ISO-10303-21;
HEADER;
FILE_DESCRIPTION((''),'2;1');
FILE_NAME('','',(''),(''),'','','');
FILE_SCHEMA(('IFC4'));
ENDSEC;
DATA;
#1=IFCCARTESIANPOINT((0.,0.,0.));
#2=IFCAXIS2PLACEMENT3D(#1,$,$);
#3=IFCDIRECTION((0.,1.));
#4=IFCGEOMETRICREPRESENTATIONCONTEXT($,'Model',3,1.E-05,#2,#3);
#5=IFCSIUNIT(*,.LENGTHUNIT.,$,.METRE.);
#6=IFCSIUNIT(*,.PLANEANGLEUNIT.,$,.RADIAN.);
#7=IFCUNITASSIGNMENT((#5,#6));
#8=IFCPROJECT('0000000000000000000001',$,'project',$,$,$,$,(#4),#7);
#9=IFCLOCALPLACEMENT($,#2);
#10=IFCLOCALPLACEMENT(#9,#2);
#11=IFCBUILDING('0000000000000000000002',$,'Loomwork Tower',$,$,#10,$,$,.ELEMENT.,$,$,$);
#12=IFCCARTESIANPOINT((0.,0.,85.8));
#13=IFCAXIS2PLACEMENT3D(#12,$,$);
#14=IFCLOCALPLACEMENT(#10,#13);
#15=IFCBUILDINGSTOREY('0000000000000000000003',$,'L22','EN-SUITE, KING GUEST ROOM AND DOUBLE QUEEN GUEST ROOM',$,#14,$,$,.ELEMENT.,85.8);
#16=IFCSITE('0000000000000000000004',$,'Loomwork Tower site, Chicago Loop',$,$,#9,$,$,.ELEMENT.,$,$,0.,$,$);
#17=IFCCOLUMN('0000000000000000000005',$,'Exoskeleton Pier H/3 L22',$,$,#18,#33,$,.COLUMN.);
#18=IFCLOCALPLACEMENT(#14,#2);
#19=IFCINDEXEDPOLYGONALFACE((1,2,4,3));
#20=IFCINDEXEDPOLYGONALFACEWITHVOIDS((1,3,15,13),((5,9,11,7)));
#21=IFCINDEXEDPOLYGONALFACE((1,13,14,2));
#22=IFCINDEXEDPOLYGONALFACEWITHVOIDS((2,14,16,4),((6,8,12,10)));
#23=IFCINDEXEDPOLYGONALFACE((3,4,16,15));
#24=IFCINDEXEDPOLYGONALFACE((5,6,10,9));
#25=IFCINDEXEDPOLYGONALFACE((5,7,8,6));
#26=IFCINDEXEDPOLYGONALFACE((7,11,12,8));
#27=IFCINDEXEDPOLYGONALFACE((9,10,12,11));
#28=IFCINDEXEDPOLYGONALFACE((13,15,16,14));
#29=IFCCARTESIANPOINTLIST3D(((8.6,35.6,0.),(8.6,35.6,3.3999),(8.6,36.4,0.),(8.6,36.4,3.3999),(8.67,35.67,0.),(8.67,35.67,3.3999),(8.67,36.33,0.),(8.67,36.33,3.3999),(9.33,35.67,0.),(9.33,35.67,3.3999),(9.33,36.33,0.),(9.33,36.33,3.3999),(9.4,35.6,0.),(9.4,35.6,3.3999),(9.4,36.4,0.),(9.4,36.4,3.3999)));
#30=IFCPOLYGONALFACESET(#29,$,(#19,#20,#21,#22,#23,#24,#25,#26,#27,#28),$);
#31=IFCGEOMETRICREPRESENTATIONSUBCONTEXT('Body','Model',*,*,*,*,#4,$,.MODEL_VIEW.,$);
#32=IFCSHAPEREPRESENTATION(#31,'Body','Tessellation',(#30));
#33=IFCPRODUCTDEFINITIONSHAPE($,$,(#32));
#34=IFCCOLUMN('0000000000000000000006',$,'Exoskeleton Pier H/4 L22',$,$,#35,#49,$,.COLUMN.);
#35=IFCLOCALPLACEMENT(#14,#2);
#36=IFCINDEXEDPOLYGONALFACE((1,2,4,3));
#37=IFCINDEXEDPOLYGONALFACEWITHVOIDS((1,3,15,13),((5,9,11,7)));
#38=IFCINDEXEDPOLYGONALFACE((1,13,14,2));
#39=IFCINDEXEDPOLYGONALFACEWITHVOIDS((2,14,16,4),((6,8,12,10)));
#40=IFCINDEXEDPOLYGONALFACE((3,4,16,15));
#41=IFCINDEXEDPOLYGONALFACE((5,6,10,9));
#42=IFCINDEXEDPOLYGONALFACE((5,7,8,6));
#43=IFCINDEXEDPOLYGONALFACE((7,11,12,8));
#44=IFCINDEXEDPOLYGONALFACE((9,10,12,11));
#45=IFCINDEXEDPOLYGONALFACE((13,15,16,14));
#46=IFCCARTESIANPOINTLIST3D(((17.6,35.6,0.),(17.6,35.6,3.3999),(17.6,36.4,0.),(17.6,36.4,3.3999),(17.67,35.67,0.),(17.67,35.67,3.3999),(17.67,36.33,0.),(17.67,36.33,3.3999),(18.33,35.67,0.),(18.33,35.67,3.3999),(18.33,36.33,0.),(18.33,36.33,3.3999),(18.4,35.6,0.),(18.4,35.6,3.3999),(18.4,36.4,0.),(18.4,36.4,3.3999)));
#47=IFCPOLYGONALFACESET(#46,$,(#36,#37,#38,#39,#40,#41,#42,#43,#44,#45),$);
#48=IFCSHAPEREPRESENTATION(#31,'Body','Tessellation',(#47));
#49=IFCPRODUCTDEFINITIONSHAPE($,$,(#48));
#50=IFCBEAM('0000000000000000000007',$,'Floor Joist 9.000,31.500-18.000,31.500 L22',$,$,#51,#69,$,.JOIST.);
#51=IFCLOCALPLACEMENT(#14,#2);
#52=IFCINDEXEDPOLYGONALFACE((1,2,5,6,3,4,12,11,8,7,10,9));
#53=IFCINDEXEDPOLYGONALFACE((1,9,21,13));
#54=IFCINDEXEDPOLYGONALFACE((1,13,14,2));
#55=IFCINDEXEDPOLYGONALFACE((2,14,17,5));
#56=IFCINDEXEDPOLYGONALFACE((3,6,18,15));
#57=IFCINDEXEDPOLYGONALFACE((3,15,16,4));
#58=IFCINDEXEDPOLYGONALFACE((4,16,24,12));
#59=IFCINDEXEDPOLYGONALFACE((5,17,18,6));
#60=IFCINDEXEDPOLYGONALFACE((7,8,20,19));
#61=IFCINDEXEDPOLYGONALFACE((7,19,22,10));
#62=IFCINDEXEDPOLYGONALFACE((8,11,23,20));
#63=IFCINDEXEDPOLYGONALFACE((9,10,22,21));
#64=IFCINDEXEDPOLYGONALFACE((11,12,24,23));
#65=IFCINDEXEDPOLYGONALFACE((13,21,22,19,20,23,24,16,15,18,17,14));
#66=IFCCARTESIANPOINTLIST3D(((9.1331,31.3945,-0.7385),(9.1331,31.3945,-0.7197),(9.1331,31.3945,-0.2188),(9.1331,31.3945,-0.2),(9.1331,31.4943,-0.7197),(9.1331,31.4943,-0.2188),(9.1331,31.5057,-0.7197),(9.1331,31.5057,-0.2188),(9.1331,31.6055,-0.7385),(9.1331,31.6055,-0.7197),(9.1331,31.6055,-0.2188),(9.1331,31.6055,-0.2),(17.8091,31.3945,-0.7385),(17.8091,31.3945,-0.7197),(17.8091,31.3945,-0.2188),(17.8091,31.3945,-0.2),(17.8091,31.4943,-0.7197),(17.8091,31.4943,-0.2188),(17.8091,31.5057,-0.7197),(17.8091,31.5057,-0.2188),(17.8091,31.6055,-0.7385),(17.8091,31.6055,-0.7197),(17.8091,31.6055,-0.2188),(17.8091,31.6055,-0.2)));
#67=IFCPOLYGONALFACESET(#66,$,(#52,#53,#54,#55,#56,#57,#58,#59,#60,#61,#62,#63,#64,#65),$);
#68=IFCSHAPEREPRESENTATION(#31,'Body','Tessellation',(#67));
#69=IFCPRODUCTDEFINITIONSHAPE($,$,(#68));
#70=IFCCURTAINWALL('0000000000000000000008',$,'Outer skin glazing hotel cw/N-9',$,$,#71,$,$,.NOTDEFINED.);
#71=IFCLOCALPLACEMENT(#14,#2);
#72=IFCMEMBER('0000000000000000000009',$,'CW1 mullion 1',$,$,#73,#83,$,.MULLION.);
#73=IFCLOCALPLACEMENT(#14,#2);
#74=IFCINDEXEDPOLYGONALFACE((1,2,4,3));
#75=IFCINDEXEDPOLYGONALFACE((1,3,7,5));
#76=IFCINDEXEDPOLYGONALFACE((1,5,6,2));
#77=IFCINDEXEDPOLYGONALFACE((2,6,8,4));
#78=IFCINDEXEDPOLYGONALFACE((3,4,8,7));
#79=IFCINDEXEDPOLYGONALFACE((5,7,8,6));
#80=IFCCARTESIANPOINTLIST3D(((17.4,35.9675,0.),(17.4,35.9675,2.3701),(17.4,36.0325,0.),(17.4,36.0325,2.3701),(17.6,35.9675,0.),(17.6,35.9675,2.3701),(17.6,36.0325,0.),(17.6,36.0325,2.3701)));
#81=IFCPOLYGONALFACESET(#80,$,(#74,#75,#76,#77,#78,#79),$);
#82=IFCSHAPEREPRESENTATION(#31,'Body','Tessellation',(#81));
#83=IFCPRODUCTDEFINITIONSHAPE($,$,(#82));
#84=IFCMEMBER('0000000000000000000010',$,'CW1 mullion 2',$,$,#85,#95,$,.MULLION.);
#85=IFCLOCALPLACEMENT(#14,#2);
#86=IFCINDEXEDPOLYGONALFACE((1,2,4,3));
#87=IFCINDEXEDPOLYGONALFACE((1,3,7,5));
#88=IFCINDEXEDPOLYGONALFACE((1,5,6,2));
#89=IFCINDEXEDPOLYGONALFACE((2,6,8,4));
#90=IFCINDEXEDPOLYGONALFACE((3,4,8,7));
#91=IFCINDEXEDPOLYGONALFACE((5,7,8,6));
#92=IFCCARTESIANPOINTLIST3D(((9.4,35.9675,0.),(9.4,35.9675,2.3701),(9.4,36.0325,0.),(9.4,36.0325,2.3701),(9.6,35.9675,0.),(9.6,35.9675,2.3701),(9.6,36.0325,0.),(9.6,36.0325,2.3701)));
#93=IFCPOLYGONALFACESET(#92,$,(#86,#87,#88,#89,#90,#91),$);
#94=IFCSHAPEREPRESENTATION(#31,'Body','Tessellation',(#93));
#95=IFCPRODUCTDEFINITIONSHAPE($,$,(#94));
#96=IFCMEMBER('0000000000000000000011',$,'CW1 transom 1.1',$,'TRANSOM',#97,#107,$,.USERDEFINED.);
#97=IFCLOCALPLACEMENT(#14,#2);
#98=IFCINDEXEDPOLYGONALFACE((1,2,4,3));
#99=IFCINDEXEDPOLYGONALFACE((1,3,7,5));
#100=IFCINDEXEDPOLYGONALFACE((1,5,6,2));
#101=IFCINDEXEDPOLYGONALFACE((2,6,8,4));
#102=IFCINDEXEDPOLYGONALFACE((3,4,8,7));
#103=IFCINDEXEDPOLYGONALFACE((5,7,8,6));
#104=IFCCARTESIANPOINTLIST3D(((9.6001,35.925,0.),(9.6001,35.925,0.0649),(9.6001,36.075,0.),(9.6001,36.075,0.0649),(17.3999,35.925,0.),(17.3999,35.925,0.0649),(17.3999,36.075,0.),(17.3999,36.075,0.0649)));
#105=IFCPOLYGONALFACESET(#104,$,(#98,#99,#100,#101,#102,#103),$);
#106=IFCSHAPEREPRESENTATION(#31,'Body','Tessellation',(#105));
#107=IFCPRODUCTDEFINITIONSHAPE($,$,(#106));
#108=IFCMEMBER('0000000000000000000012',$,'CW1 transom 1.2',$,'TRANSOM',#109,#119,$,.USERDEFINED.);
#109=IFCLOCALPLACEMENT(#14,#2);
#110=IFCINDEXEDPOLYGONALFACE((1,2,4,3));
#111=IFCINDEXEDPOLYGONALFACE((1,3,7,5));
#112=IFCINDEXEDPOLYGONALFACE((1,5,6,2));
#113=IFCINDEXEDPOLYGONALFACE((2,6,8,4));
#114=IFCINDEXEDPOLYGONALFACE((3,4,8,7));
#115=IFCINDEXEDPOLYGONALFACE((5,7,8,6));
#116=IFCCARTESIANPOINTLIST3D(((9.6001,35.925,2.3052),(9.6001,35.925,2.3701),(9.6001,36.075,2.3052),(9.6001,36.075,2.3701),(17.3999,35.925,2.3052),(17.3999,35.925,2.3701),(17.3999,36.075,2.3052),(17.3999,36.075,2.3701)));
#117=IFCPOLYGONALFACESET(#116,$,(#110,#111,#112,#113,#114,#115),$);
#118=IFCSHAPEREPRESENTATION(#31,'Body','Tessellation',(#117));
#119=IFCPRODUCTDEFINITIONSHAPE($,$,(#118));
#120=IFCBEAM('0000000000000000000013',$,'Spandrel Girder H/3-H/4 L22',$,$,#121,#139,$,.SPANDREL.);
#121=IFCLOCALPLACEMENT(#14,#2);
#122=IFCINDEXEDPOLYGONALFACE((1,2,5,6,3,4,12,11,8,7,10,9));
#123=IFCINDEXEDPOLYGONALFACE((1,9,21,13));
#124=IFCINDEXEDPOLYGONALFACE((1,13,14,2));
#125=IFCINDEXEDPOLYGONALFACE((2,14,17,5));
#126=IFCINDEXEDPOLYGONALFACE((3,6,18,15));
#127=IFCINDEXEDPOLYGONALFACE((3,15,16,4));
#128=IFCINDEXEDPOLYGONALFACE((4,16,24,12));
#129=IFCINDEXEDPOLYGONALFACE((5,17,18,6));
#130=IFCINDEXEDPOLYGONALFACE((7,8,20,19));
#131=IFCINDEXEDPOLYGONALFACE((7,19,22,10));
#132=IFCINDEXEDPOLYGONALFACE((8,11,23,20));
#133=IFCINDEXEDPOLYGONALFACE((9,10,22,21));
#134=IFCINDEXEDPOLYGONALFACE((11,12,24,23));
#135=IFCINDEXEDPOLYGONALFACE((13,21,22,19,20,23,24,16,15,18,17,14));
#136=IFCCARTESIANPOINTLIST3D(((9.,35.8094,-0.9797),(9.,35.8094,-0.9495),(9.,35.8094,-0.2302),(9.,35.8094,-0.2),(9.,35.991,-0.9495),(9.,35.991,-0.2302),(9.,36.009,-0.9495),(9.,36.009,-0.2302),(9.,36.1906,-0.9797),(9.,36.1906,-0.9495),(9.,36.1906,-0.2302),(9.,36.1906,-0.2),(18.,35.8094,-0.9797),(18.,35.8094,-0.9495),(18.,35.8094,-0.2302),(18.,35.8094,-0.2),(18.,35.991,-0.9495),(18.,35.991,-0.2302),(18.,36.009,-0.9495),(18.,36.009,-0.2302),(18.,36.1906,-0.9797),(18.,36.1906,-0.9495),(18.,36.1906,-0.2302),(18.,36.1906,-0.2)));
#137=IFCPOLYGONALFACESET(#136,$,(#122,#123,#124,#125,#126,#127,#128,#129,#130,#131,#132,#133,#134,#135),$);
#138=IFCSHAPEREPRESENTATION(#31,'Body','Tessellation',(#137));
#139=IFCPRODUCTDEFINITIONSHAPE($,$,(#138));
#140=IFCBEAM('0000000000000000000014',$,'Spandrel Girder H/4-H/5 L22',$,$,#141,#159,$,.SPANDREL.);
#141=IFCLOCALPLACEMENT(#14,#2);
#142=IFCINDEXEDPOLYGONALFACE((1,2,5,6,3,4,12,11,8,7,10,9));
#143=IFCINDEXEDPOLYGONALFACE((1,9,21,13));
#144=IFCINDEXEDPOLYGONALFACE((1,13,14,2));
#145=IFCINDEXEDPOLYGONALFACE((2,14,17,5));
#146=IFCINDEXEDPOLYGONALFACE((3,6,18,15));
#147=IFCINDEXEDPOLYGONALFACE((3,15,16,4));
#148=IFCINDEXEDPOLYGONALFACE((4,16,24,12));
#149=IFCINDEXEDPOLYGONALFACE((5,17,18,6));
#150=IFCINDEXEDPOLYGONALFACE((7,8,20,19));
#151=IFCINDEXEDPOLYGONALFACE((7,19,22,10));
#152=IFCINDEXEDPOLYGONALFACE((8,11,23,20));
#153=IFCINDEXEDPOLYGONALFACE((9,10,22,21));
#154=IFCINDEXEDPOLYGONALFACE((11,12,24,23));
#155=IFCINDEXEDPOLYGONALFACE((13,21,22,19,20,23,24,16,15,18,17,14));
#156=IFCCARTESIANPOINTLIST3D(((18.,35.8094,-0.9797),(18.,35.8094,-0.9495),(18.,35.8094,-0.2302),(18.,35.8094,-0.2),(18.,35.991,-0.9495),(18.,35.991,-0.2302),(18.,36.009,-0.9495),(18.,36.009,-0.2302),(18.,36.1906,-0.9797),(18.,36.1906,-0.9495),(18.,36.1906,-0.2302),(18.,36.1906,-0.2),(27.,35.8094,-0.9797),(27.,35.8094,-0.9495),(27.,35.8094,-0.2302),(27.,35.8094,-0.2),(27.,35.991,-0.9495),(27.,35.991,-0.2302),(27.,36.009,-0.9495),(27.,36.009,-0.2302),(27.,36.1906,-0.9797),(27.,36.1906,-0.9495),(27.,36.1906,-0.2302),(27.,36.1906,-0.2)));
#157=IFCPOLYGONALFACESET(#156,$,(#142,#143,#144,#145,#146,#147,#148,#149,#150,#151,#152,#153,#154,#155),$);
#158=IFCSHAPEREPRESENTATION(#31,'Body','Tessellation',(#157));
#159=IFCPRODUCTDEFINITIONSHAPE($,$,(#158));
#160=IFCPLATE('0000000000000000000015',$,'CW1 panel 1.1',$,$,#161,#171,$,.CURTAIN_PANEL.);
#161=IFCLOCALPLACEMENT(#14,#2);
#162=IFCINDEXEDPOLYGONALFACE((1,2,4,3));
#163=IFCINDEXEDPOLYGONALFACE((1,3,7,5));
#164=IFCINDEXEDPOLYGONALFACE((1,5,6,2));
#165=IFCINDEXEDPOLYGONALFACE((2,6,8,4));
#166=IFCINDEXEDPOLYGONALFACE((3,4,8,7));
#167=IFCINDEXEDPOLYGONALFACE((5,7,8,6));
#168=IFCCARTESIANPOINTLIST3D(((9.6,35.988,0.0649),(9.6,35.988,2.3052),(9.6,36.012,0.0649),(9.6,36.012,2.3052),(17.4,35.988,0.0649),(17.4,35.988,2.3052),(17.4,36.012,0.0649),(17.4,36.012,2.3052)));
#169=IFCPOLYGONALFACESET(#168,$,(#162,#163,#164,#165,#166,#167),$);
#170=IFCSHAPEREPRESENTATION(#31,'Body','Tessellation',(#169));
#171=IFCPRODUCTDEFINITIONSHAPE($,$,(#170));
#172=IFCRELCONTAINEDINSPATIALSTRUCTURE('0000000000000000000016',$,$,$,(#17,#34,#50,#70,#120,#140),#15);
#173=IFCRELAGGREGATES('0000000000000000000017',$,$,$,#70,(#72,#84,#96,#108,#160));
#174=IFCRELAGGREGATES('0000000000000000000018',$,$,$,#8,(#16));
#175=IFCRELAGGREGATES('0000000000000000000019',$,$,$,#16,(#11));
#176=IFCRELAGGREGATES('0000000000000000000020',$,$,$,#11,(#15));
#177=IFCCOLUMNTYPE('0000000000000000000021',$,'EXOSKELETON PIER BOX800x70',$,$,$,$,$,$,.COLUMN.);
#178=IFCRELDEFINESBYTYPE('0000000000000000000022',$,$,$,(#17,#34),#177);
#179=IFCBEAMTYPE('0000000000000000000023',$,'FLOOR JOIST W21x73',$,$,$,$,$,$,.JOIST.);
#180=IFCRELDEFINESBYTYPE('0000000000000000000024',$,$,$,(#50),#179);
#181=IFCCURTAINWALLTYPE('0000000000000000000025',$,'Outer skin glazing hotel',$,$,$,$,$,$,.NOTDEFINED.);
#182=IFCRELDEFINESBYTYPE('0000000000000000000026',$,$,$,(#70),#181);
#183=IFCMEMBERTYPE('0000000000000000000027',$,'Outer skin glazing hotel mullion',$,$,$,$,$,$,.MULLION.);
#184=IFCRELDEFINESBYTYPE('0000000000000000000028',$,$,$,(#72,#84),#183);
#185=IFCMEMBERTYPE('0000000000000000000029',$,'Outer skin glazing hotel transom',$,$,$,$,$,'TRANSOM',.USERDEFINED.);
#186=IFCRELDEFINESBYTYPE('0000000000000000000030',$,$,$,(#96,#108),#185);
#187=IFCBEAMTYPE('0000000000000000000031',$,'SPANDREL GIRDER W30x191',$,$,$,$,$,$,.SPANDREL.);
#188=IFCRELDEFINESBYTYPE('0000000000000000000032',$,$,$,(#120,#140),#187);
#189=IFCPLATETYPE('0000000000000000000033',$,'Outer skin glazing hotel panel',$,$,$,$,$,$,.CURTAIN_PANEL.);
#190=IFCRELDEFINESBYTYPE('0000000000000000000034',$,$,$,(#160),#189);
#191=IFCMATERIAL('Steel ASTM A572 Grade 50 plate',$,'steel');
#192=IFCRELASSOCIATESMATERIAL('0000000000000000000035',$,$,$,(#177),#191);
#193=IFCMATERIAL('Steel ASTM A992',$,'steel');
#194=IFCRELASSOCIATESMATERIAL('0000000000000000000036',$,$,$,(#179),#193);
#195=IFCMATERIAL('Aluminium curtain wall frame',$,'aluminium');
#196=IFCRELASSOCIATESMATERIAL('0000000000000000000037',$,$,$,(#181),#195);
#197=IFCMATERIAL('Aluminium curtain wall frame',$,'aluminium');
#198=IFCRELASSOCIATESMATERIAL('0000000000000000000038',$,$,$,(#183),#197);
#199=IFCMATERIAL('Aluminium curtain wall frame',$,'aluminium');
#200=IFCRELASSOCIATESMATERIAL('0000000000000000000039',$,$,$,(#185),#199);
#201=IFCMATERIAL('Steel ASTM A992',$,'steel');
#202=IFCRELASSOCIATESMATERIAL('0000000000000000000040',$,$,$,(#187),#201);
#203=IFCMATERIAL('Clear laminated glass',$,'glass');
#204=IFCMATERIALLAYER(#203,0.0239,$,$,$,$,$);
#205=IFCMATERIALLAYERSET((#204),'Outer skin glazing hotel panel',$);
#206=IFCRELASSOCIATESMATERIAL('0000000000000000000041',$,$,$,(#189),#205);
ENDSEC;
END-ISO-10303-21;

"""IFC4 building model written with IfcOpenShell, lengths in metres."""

from ifc_helpers import new_model, si_unit, direction, frame, origin, origin_2d, place, context, subcontext, project, spatial, rectangle, hollow_rectangle, i_section, extrude, material, layer, layer_set, material_profile, profile_set, type_object, element, aggregate, save


model = new_model("IFC4")

# Units and contexts
model_context = context("Model", 3, precision=1e-05, world=origin(), true_north=direction((0.0, 1.0)))
body_context = subcontext(model_context, "Body", "Model", "MODEL_VIEW")
ifc_project = project(units=[si_unit("LENGTHUNIT", "METRE"), si_unit("PLANEANGLEUNIT", "RADIAN")], contexts=[model_context])

# Site, building, storey
site_placement = place(None, origin())
site = spatial("IfcSite", under=ifc_project, at=site_placement, Name="Loomwork Tower site, Chicago Loop", CompositionType="ELEMENT", RefElevation=0.0)
building_placement = place(site_placement, origin())
building = spatial("IfcBuilding", under=site, at=building_placement, Name="Loomwork Tower", CompositionType="ELEMENT")
storey_placement = place(building_placement, frame((0.0, 0.0, 85.8)))
storey = spatial("IfcBuildingStorey", under=building, at=storey_placement, Name="L22", Description="EN-SUITE, KING GUEST ROOM AND DOUBLE QUEEN GUEST ROOM", CompositionType="ELEMENT", Elevation=85.8)

# Columns
ifc_material_1 = material(Name="Steel ASTM A572 Grade 50 plate", Category="steel")
ifc_material_profile_1 = material_profile(ifc_material_1, hollow_rectangle(XDim=0.8, YDim=0.8, WallThickness=0.0701, at=origin_2d()), Name="BOX800x70")
ifc_profile_set_1 = profile_set([ifc_material_profile_1], Name="Steel ASTM A572 Grade 50 plate")
column_type = type_object("IfcColumnType", Name="EXOSKELETON PIER BOX800x70", PredefinedType="COLUMN", material=ifc_profile_set_1)
for number, where, z_axis, x_axis, name in (
    (1, (9.0, 36.0, 0.0), (0.0, 0.0, 1.0), (1.0, 0.0, 0.0), "Exoskeleton Pier H/3 L22"),
    (2, (18.0, 36.0, 0.0), (0.0, 0.0, 1.0), (1.0, 0.0, 0.0), "Exoskeleton Pier H/4 L22"),
):
    element("IfcColumn", number, at=place(storey_placement, frame(where, z_axis=z_axis, x_axis=x_axis)), inside=storey, type_object=column_type, Name=name, PredefinedType="COLUMN", context=body_context, shape_type="SweptSolid", body=[
        extrude(hollow_rectangle(XDim=0.8, YDim=0.8, WallThickness=0.0701, at=origin_2d()), origin(), (0.0, 0.0, 1.0), 3.3999),
    ])

# Beam
ifc_material_2 = material(Name="Steel ASTM A992", Category="steel")
ifc_material_profile_2 = material_profile(ifc_material_2, i_section(OverallWidth=0.2109, OverallDepth=0.5386, WebThickness=0.0115, FlangeThickness=0.0188, at=origin_2d()), Name="W21x73")
ifc_profile_set_2 = profile_set([ifc_material_profile_2], Name="Steel ASTM A992")
beam_type_1 = type_object("IfcBeamType", Name="FLOOR JOIST W21x73", PredefinedType="JOIST", material=ifc_profile_set_2)
beam_placement = place(storey_placement, frame((9.1331, 31.5, -0.4692), z_axis=(1.0, 0.0, 0.0), x_axis=(0.0, 1.0, 0.0)))
element("IfcBeam", 3, at=beam_placement, inside=storey, type_object=beam_type_1, Name="Floor Joist 9.000,31.500-18.000,31.500 L22", PredefinedType="JOIST", context=body_context, shape_type="SweptSolid", body=[
    extrude(i_section(OverallWidth=0.2109, OverallDepth=0.5386, WebThickness=0.0115, FlangeThickness=0.0188, at=origin_2d()), origin(), (0.0, 0.0, 1.0), 8.676),
])

# Curtain wall, members
ifc_material_3 = material(Name="Aluminium curtain wall frame", Category="aluminium")
curtain_wall_type = type_object("IfcCurtainWallType", Name="Outer skin glazing hotel", PredefinedType="NOTDEFINED", material=ifc_material_3)
curtain_wall_placement = place(storey_placement, origin())
curtain_wall = element("IfcCurtainWall", 4, at=curtain_wall_placement, inside=storey, type_object=curtain_wall_type, Name="Outer skin glazing hotel cw/N-9", PredefinedType="NOTDEFINED")
ifc_material_4 = material(Name="Aluminium curtain wall frame", Category="aluminium")
ifc_material_profile_3 = material_profile(ifc_material_4, rectangle(XDim=0.0649, YDim=0.2, at=origin_2d()), Name="AL 65x200")
ifc_profile_set_3 = profile_set([ifc_material_profile_3], Name="Aluminium curtain wall frame")
member_type_1 = type_object("IfcMemberType", Name="Outer skin glazing hotel mullion", PredefinedType="MULLION", material=ifc_profile_set_3)
member_1_placement = place(storey_placement, frame((17.5, 36.0, 0.0), z_axis=(0.0, 0.0, 1.0), x_axis=(0.0, -1.0, 0.0)))
member_1 = element("IfcMember", 5, at=member_1_placement, type_object=member_type_1, Name="CW1 mullion 1", PredefinedType="MULLION", context=body_context, shape_type="SweptSolid", body=[
    extrude(rectangle(XDim=0.0649, YDim=0.2, at=origin_2d()), origin(), (0.0, 0.0, 1.0), 2.3701),
])
member_2_placement = place(storey_placement, frame((9.5, 36.0, 0.0), z_axis=(0.0, 0.0, 1.0), x_axis=(0.0, -1.0, 0.0)))
member_2 = element("IfcMember", 6, at=member_2_placement, type_object=member_type_1, Name="CW1 mullion 2", PredefinedType="MULLION", context=body_context, shape_type="SweptSolid", body=[
    extrude(rectangle(XDim=0.0649, YDim=0.2, at=origin_2d()), origin(), (0.0, 0.0, 1.0), 2.3701),
])
ifc_material_5 = material(Name="Aluminium curtain wall frame", Category="aluminium")
ifc_material_profile_4 = material_profile(ifc_material_5, rectangle(XDim=0.1499, YDim=0.0649, at=origin_2d()), Name="AL 65x150")
ifc_profile_set_4 = profile_set([ifc_material_profile_4], Name="Aluminium curtain wall frame")
member_type_2 = type_object("IfcMemberType", Name="Outer skin glazing hotel transom", ElementType="TRANSOM", PredefinedType="USERDEFINED", material=ifc_profile_set_4)
member_3_placement = place(storey_placement, frame((17.3999, 36.0, 0.0325), z_axis=(-1.0, 0.0, 0.0), x_axis=(0.0, -1.0, 0.0)))
member_3 = element("IfcMember", 7, at=member_3_placement, type_object=member_type_2, Name="CW1 transom 1.1", ObjectType="TRANSOM", PredefinedType="USERDEFINED", context=body_context, shape_type="SweptSolid", body=[
    extrude(rectangle(XDim=0.1499, YDim=0.0649, at=origin_2d()), origin(), (0.0, 0.0, 1.0), 7.7998),
])
member_4_placement = place(storey_placement, frame((17.3999, 36.0, 2.3376), z_axis=(-1.0, 0.0, 0.0), x_axis=(0.0, -1.0, 0.0)))
member_4 = element("IfcMember", 8, at=member_4_placement, type_object=member_type_2, Name="CW1 transom 1.2", ObjectType="TRANSOM", PredefinedType="USERDEFINED", context=body_context, shape_type="SweptSolid", body=[
    extrude(rectangle(XDim=0.1499, YDim=0.0649, at=origin_2d()), origin(), (0.0, 0.0, 1.0), 7.7998),
])

# Beams
ifc_material_6 = material(Name="Steel ASTM A992", Category="steel")
ifc_material_profile_5 = material_profile(ifc_material_6, i_section(OverallWidth=0.3811, OverallDepth=0.7798, WebThickness=0.0181, FlangeThickness=0.0303, at=origin_2d()), Name="W30x191")
ifc_profile_set_5 = profile_set([ifc_material_profile_5], Name="Steel ASTM A992")
beam_type_2 = type_object("IfcBeamType", Name="SPANDREL GIRDER W30x191", PredefinedType="SPANDREL", material=ifc_profile_set_5)
for number, where, z_axis, x_axis, name in (
    (9, (9.0, 36.0, -0.5898), (1.0, 0.0, 0.0), (0.0, 1.0, 0.0), "Spandrel Girder H/3-H/4 L22"),
    (10, (18.0, 36.0, -0.5898), (1.0, 0.0, 0.0), (0.0, 1.0, 0.0), "Spandrel Girder H/4-H/5 L22"),
):
    element("IfcBeam", number, at=place(storey_placement, frame(where, z_axis=z_axis, x_axis=x_axis)), inside=storey, type_object=beam_type_2, Name=name, PredefinedType="SPANDREL", context=body_context, shape_type="SweptSolid", body=[
        extrude(i_section(OverallWidth=0.3811, OverallDepth=0.7798, WebThickness=0.0181, FlangeThickness=0.0303, at=origin_2d()), origin(), (0.0, 0.0, 1.0), 9.0),
    ])

# Plate
ifc_material_7 = material(Name="Clear laminated glass", Category="glass")
ifc_layer_1 = layer(ifc_material_7, 0.0239)
ifc_layer_set_1 = layer_set([ifc_layer_1], Name="Outer skin glazing hotel panel")
plate_type = type_object("IfcPlateType", Name="Outer skin glazing hotel panel", PredefinedType="CURTAIN_PANEL", material=ifc_layer_set_1)
plate_placement = place(storey_placement, frame((13.5, 36.0, 0.0649), z_axis=(0.0, 0.0, 1.0), x_axis=(-1.0, 0.0, 0.0)))
plate = element("IfcPlate", 11, at=plate_placement, type_object=plate_type, Name="CW1 panel 1.1", PredefinedType="CURTAIN_PANEL", context=body_context, shape_type="SweptSolid", body=[
    extrude(rectangle(XDim=7.8, YDim=0.0239, at=origin_2d()), origin(), (0.0, 0.0, 1.0), 2.2402),
])
aggregate(curtain_wall, [member_1, member_2, member_3, member_4, plate])

save(model, "model.ifc")
